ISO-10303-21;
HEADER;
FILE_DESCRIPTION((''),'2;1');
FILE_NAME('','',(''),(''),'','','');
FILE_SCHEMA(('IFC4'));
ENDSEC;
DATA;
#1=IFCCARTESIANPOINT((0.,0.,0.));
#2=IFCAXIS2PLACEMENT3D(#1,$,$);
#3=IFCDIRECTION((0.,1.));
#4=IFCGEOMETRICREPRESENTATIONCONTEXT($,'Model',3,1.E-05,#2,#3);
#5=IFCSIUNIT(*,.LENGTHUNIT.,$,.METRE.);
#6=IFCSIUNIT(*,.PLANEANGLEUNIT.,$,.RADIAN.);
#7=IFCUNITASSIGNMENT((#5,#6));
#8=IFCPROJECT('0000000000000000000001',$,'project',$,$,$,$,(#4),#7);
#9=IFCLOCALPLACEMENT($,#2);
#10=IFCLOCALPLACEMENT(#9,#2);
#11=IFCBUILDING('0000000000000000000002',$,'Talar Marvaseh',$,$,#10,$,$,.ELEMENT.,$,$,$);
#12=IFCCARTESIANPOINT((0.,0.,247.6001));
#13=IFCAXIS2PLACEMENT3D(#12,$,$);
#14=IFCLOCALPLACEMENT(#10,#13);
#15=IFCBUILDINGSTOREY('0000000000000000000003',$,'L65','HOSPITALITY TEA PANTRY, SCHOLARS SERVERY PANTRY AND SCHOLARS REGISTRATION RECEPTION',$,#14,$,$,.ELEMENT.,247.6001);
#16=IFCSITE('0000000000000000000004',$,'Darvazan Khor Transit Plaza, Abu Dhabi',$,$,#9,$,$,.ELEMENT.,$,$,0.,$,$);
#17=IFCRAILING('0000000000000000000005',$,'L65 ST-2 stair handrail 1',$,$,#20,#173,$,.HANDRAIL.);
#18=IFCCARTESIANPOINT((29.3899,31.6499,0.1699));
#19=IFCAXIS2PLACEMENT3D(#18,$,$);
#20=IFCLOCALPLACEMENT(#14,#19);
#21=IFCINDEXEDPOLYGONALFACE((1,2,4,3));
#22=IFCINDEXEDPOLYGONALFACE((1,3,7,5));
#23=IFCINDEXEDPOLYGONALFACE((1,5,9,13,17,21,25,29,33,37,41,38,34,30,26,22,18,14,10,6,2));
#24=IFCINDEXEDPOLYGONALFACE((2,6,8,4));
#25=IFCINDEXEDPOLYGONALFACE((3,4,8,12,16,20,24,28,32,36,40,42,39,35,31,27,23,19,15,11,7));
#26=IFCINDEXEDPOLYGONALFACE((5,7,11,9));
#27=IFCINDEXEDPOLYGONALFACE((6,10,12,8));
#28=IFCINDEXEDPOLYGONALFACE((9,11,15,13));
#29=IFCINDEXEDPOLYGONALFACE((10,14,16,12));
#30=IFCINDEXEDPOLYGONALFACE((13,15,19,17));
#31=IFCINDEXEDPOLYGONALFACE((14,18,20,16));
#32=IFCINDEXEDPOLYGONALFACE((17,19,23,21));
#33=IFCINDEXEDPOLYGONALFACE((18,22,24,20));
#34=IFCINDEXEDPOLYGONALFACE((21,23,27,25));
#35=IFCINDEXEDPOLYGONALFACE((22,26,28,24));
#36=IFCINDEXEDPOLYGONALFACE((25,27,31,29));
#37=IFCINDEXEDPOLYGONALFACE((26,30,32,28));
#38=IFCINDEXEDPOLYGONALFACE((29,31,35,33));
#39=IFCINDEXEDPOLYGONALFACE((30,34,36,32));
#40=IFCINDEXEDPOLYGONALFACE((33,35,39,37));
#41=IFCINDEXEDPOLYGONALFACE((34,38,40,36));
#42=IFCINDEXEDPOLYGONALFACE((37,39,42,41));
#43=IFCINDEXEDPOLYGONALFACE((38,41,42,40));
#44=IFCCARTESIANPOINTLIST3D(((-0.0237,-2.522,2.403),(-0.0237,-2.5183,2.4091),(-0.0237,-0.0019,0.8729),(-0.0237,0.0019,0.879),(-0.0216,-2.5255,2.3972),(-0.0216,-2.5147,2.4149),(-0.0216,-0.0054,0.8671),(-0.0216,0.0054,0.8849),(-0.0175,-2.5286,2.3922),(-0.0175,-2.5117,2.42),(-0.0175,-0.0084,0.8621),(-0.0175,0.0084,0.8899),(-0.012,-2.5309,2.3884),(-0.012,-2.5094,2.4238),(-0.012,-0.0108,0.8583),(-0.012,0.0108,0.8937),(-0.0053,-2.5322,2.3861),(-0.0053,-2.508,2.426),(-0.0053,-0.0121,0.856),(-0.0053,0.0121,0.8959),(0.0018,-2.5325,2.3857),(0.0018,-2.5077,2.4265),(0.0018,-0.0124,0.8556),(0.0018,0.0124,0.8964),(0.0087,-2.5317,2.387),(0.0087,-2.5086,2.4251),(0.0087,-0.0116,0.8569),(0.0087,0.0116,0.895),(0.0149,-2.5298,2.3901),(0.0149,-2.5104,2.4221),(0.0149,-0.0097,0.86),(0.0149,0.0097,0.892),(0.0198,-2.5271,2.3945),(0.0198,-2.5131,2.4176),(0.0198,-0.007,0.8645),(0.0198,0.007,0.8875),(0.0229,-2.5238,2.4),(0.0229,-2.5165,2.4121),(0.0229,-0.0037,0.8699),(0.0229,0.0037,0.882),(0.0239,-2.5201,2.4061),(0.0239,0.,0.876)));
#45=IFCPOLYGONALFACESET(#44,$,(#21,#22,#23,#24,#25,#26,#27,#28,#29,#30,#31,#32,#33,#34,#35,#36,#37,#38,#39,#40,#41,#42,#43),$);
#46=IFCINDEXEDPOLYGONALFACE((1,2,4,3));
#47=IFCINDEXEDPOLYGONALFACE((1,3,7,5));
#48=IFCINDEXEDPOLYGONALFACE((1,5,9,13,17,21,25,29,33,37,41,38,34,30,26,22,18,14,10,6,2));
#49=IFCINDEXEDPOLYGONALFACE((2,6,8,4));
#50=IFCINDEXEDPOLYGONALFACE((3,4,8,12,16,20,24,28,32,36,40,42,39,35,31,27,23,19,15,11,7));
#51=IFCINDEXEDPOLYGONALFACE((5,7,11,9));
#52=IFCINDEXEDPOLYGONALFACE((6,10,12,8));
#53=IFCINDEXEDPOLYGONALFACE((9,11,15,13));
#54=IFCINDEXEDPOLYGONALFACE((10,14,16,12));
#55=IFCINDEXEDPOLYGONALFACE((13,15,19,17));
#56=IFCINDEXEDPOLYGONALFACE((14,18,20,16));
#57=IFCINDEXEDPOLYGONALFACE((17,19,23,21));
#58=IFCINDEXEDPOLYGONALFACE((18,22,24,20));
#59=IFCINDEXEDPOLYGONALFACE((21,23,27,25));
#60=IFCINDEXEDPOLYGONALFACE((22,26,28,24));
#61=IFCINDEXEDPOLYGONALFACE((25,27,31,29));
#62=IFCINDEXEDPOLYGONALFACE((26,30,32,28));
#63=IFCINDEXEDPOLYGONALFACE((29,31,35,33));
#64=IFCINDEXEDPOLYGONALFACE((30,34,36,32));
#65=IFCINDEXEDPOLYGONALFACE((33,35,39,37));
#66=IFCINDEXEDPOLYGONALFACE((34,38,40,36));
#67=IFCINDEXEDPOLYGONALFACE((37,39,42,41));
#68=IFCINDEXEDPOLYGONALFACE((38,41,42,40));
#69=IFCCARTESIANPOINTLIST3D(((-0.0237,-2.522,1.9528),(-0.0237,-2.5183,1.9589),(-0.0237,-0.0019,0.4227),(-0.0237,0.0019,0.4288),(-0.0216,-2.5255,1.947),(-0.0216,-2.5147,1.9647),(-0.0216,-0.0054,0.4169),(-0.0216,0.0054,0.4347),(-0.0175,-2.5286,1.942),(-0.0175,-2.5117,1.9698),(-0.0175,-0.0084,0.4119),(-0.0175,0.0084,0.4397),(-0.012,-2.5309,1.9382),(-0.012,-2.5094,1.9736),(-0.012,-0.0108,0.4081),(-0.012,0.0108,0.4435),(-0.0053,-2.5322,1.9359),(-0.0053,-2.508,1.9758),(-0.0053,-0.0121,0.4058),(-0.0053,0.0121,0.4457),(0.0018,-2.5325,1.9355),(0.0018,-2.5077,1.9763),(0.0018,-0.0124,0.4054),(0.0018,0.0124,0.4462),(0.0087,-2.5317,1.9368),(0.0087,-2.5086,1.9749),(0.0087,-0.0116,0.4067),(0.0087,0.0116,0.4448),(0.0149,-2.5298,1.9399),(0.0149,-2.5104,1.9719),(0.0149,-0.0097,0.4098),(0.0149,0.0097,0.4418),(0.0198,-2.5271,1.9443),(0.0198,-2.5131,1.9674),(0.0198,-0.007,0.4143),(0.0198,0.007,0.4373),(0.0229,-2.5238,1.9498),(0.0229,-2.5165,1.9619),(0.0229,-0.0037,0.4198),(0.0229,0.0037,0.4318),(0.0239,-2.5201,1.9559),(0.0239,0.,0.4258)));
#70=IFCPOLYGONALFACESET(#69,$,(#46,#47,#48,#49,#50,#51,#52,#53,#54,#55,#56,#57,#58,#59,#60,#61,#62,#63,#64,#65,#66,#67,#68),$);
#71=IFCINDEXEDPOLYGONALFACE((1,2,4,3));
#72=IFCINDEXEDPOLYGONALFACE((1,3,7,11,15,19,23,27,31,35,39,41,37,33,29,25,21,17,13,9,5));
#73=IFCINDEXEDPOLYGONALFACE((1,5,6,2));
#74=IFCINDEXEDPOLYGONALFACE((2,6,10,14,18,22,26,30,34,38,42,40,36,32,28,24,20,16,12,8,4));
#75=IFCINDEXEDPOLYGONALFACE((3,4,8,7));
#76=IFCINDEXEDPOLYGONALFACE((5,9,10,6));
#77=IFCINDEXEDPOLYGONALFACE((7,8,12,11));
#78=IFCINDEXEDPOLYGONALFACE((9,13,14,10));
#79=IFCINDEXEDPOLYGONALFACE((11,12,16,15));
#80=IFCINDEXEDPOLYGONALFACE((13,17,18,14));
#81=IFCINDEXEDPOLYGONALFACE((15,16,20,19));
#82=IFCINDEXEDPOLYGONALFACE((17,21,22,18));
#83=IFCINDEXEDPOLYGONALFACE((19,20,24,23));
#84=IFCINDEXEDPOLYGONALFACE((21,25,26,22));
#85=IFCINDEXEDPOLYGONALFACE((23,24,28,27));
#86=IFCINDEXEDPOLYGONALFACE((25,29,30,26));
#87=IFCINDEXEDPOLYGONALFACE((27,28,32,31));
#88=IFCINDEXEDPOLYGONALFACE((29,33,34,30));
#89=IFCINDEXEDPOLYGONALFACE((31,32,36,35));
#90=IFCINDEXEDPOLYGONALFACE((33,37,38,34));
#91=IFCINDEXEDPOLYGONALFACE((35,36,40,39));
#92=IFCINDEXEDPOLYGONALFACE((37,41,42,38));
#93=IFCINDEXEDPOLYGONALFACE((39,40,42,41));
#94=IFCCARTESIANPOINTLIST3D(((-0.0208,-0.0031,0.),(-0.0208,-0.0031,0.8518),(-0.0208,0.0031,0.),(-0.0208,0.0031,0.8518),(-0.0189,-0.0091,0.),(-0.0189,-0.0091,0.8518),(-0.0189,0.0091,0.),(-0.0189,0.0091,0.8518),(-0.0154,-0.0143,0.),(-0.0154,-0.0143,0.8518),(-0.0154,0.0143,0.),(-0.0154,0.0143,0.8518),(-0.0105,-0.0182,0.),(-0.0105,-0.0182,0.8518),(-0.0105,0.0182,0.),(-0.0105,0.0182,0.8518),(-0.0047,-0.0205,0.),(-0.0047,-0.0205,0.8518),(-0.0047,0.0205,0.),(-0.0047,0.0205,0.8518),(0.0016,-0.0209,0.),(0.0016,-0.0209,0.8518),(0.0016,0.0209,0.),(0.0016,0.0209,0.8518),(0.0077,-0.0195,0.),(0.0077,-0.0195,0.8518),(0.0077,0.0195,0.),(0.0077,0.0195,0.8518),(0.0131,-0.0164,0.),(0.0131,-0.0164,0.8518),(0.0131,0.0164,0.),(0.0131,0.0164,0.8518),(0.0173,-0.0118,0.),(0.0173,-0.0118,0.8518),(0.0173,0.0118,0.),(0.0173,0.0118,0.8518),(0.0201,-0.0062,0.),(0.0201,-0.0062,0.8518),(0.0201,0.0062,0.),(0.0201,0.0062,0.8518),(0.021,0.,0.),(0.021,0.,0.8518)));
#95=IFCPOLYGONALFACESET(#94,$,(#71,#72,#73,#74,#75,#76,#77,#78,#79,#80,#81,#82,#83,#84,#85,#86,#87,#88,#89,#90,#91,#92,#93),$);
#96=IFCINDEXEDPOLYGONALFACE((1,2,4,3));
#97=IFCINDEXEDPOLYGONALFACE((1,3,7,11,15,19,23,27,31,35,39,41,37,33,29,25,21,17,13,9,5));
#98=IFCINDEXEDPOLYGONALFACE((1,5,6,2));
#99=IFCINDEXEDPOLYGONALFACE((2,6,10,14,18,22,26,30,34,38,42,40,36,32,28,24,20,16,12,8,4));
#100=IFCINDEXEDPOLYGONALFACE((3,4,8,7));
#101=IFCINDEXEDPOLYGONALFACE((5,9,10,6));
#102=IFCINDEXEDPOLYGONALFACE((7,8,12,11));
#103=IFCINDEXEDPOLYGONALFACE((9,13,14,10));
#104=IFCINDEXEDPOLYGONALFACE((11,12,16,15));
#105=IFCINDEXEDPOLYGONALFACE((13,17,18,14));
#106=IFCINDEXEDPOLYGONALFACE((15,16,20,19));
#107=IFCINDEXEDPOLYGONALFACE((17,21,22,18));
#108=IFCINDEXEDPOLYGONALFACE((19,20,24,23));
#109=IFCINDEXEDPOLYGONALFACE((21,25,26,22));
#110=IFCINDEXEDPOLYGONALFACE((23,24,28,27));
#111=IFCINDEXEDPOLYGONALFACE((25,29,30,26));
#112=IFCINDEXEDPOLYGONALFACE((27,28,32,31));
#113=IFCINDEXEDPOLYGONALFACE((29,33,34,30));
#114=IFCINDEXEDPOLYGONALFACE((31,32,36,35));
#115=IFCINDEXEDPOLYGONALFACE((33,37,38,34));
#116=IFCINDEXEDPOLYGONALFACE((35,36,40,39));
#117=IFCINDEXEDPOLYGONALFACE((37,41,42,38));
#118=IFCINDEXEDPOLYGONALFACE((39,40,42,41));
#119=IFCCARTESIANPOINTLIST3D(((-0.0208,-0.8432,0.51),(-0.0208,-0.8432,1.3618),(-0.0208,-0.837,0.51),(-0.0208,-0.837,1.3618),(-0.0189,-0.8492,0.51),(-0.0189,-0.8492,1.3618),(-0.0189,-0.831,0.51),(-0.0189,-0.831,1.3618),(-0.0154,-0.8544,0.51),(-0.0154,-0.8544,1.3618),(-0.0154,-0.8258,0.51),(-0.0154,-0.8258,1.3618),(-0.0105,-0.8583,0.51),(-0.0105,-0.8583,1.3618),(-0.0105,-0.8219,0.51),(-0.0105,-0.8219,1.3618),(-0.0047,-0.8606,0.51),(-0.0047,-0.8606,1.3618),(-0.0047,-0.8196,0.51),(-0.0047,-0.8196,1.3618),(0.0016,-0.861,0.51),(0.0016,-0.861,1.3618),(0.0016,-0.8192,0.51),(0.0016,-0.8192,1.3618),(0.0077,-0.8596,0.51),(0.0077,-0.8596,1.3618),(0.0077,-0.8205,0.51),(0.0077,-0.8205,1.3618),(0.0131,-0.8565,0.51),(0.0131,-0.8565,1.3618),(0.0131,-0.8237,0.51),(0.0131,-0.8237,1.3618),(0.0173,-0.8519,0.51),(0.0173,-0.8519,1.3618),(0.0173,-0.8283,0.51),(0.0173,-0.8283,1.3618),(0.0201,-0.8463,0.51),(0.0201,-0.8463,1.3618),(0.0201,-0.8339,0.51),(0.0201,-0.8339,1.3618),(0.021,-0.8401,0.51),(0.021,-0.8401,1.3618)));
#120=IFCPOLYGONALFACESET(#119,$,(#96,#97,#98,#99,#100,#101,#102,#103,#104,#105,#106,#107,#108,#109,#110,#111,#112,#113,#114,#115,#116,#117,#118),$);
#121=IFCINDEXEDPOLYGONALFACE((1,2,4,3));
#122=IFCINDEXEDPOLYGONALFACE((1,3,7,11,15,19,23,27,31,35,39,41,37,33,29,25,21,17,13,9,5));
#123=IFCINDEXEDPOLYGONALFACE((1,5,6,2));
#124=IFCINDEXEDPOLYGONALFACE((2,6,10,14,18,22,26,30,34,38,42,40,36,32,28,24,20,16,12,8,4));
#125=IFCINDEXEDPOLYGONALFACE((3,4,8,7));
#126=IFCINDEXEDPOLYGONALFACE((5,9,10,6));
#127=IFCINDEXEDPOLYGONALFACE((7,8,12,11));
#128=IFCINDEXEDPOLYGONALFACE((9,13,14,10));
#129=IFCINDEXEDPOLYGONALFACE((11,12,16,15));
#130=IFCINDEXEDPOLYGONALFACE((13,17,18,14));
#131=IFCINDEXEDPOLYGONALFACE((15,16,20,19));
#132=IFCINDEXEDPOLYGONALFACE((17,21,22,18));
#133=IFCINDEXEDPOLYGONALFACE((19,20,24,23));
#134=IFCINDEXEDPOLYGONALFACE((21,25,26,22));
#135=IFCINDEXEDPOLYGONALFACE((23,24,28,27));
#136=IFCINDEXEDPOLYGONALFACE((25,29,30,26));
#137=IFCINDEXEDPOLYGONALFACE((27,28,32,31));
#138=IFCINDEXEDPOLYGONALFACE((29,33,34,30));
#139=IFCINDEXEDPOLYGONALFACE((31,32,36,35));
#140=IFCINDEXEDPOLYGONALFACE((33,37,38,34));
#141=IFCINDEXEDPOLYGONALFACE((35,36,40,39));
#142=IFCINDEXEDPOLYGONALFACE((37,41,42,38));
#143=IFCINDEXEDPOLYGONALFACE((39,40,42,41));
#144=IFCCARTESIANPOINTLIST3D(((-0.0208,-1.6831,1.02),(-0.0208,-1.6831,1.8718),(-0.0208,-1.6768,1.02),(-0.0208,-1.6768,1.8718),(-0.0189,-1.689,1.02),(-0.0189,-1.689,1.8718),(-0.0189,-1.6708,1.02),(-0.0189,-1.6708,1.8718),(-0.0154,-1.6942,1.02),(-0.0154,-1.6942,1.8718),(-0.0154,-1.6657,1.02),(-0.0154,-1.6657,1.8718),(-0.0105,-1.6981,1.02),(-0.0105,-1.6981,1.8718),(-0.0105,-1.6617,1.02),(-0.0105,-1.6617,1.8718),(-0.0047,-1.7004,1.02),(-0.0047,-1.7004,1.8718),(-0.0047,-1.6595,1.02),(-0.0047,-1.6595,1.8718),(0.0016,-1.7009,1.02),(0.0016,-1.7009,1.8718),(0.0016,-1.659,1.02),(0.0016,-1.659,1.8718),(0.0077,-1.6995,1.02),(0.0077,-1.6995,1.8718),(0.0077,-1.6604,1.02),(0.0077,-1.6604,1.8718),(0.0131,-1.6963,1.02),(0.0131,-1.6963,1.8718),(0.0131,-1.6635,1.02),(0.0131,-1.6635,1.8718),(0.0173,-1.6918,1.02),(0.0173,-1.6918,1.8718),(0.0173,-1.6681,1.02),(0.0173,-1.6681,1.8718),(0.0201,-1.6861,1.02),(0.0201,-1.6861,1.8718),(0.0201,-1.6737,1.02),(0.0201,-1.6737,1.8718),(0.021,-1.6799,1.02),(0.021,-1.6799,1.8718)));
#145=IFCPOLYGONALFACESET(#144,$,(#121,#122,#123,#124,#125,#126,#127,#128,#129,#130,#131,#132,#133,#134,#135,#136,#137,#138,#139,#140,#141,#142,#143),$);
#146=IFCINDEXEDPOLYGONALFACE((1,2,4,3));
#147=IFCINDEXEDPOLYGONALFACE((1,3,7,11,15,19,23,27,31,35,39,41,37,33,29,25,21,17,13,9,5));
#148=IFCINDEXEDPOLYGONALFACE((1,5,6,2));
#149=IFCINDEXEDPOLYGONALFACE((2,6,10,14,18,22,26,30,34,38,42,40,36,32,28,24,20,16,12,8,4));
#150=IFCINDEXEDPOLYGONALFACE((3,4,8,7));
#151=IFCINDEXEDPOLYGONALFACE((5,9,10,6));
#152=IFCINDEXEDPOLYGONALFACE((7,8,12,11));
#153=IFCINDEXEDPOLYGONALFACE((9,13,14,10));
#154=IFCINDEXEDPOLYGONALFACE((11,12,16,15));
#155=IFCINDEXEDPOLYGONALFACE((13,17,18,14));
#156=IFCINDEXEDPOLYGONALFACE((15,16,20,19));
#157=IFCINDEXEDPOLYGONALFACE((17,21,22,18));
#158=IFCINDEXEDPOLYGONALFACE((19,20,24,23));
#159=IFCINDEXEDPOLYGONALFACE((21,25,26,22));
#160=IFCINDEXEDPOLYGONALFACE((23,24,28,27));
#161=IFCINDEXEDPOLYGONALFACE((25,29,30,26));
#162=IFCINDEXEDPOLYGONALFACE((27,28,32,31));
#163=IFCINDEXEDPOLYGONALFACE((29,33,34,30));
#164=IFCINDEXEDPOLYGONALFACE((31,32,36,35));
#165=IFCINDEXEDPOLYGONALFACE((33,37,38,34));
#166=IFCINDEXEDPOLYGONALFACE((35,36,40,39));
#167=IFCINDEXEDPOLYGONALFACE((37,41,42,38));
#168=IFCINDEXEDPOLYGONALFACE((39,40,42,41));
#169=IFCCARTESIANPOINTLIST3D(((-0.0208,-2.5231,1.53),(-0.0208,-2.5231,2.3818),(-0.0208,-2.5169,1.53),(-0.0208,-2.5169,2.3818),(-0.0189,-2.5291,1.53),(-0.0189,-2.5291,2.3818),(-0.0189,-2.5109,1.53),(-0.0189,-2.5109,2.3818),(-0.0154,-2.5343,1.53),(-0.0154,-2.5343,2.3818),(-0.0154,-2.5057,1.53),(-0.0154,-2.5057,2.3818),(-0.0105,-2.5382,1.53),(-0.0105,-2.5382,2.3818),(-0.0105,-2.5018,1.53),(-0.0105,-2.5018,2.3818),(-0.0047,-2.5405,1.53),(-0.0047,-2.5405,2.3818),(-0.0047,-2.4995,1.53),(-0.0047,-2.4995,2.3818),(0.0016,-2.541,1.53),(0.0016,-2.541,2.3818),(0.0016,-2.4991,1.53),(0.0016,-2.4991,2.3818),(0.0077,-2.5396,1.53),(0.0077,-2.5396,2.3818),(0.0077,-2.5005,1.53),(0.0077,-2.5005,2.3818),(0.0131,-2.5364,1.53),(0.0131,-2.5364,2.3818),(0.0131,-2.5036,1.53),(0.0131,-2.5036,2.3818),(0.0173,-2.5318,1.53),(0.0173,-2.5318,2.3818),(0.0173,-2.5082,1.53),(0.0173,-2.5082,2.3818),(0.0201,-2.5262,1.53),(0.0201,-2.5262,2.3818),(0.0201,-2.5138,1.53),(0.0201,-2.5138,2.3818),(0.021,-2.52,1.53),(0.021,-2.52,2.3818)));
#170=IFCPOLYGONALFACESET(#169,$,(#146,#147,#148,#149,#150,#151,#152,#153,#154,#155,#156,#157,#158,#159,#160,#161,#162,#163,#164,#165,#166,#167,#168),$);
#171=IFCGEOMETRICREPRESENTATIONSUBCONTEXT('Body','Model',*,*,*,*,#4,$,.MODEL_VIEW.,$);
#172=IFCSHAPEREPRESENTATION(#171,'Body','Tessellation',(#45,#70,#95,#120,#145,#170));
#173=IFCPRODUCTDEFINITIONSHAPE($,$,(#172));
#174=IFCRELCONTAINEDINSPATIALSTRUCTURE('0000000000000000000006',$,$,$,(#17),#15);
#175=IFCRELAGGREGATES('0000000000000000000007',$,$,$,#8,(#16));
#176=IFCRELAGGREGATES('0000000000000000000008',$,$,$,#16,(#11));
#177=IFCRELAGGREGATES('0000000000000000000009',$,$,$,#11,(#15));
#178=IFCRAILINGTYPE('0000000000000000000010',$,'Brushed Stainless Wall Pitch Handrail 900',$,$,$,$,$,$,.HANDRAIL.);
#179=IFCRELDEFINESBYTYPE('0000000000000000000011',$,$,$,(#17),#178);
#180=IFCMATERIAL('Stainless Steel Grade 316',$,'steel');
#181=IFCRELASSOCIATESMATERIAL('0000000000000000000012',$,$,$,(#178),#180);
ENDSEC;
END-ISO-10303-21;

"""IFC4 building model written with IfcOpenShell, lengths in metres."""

from ifc_helpers import new_model, si_unit, direction, frame, origin, origin_2d, place, context, subcontext, project, spatial, circle, extrude, material, type_object, element, save


model = new_model("IFC4")

# Units and contexts
model_context = context("Model", 3, precision=1e-05, world=origin(), true_north=direction((0.0, 1.0)))
body_context = subcontext(model_context, "Body", "Model", "MODEL_VIEW")
ifc_project = project(units=[si_unit("LENGTHUNIT", "METRE"), si_unit("PLANEANGLEUNIT", "RADIAN")], contexts=[model_context])

# Site, building, storey
site_placement = place(None, origin())
site = spatial("IfcSite", under=ifc_project, at=site_placement, Name="Darvazan Khor Transit Plaza, Abu Dhabi", CompositionType="ELEMENT", RefElevation=0.0)
building_placement = place(site_placement, origin())
building = spatial("IfcBuilding", under=site, at=building_placement, Name="Talar Marvaseh", CompositionType="ELEMENT")
storey_placement = place(building_placement, frame((0.0, 0.0, 247.6001)))
storey = spatial("IfcBuildingStorey", under=building, at=storey_placement, Name="L65", Description="HOSPITALITY TEA PANTRY, SCHOLARS SERVERY PANTRY AND SCHOLARS REGISTRATION RECEPTION", CompositionType="ELEMENT", Elevation=247.6001)

# Shared definitions
ifc_material_1 = material(Name="Stainless Steel Grade 316", Category="steel")

# Railing
railing_type_1 = type_object("IfcRailingType", Name="Brushed Stainless Wall Pitch Handrail 900", PredefinedType="HANDRAIL", material=ifc_material_1)
railing_1_placement = place(storey_placement, frame((29.3899, 31.6499, 0.1699)))
element("IfcRailing", 1, at=railing_1_placement, inside=storey, type_object=railing_type_1, Name="L65 ST-2 stair handrail 1", PredefinedType="HANDRAIL", context=body_context, shape_type="SweptSolid", body=[
    extrude(circle(Radius=0.0239, at=origin_2d()), frame((0.0, 0.0, 0.876), z_axis=(0.0, -0.854785, 0.518982), x_axis=(1.0, 0.0, 0.0)), (0.0, 0.0, 1.0), 2.9482),
    extrude(circle(Radius=0.0239, at=origin_2d()), frame((0.0, 0.0, 0.4258), z_axis=(0.0, -0.854785, 0.518982), x_axis=(1.0, 0.0, 0.0)), (0.0, 0.0, 1.0), 2.9482),
    extrude(circle(Radius=0.021, at=origin_2d()), origin(), (0.0, 0.0, 1.0), 0.8518),
    extrude(circle(Radius=0.021, at=origin_2d()), frame((0.0, -0.8401, 0.51)), (0.0, 0.0, 1.0), 0.8518),
    extrude(circle(Radius=0.021, at=origin_2d()), frame((0.0, -1.6799, 1.02)), (0.0, 0.0, 1.0), 0.8518),
    extrude(circle(Radius=0.021, at=origin_2d()), frame((0.0, -2.52, 1.53)), (0.0, 0.0, 1.0), 0.8518),
])

save(model, "model.ifc")
